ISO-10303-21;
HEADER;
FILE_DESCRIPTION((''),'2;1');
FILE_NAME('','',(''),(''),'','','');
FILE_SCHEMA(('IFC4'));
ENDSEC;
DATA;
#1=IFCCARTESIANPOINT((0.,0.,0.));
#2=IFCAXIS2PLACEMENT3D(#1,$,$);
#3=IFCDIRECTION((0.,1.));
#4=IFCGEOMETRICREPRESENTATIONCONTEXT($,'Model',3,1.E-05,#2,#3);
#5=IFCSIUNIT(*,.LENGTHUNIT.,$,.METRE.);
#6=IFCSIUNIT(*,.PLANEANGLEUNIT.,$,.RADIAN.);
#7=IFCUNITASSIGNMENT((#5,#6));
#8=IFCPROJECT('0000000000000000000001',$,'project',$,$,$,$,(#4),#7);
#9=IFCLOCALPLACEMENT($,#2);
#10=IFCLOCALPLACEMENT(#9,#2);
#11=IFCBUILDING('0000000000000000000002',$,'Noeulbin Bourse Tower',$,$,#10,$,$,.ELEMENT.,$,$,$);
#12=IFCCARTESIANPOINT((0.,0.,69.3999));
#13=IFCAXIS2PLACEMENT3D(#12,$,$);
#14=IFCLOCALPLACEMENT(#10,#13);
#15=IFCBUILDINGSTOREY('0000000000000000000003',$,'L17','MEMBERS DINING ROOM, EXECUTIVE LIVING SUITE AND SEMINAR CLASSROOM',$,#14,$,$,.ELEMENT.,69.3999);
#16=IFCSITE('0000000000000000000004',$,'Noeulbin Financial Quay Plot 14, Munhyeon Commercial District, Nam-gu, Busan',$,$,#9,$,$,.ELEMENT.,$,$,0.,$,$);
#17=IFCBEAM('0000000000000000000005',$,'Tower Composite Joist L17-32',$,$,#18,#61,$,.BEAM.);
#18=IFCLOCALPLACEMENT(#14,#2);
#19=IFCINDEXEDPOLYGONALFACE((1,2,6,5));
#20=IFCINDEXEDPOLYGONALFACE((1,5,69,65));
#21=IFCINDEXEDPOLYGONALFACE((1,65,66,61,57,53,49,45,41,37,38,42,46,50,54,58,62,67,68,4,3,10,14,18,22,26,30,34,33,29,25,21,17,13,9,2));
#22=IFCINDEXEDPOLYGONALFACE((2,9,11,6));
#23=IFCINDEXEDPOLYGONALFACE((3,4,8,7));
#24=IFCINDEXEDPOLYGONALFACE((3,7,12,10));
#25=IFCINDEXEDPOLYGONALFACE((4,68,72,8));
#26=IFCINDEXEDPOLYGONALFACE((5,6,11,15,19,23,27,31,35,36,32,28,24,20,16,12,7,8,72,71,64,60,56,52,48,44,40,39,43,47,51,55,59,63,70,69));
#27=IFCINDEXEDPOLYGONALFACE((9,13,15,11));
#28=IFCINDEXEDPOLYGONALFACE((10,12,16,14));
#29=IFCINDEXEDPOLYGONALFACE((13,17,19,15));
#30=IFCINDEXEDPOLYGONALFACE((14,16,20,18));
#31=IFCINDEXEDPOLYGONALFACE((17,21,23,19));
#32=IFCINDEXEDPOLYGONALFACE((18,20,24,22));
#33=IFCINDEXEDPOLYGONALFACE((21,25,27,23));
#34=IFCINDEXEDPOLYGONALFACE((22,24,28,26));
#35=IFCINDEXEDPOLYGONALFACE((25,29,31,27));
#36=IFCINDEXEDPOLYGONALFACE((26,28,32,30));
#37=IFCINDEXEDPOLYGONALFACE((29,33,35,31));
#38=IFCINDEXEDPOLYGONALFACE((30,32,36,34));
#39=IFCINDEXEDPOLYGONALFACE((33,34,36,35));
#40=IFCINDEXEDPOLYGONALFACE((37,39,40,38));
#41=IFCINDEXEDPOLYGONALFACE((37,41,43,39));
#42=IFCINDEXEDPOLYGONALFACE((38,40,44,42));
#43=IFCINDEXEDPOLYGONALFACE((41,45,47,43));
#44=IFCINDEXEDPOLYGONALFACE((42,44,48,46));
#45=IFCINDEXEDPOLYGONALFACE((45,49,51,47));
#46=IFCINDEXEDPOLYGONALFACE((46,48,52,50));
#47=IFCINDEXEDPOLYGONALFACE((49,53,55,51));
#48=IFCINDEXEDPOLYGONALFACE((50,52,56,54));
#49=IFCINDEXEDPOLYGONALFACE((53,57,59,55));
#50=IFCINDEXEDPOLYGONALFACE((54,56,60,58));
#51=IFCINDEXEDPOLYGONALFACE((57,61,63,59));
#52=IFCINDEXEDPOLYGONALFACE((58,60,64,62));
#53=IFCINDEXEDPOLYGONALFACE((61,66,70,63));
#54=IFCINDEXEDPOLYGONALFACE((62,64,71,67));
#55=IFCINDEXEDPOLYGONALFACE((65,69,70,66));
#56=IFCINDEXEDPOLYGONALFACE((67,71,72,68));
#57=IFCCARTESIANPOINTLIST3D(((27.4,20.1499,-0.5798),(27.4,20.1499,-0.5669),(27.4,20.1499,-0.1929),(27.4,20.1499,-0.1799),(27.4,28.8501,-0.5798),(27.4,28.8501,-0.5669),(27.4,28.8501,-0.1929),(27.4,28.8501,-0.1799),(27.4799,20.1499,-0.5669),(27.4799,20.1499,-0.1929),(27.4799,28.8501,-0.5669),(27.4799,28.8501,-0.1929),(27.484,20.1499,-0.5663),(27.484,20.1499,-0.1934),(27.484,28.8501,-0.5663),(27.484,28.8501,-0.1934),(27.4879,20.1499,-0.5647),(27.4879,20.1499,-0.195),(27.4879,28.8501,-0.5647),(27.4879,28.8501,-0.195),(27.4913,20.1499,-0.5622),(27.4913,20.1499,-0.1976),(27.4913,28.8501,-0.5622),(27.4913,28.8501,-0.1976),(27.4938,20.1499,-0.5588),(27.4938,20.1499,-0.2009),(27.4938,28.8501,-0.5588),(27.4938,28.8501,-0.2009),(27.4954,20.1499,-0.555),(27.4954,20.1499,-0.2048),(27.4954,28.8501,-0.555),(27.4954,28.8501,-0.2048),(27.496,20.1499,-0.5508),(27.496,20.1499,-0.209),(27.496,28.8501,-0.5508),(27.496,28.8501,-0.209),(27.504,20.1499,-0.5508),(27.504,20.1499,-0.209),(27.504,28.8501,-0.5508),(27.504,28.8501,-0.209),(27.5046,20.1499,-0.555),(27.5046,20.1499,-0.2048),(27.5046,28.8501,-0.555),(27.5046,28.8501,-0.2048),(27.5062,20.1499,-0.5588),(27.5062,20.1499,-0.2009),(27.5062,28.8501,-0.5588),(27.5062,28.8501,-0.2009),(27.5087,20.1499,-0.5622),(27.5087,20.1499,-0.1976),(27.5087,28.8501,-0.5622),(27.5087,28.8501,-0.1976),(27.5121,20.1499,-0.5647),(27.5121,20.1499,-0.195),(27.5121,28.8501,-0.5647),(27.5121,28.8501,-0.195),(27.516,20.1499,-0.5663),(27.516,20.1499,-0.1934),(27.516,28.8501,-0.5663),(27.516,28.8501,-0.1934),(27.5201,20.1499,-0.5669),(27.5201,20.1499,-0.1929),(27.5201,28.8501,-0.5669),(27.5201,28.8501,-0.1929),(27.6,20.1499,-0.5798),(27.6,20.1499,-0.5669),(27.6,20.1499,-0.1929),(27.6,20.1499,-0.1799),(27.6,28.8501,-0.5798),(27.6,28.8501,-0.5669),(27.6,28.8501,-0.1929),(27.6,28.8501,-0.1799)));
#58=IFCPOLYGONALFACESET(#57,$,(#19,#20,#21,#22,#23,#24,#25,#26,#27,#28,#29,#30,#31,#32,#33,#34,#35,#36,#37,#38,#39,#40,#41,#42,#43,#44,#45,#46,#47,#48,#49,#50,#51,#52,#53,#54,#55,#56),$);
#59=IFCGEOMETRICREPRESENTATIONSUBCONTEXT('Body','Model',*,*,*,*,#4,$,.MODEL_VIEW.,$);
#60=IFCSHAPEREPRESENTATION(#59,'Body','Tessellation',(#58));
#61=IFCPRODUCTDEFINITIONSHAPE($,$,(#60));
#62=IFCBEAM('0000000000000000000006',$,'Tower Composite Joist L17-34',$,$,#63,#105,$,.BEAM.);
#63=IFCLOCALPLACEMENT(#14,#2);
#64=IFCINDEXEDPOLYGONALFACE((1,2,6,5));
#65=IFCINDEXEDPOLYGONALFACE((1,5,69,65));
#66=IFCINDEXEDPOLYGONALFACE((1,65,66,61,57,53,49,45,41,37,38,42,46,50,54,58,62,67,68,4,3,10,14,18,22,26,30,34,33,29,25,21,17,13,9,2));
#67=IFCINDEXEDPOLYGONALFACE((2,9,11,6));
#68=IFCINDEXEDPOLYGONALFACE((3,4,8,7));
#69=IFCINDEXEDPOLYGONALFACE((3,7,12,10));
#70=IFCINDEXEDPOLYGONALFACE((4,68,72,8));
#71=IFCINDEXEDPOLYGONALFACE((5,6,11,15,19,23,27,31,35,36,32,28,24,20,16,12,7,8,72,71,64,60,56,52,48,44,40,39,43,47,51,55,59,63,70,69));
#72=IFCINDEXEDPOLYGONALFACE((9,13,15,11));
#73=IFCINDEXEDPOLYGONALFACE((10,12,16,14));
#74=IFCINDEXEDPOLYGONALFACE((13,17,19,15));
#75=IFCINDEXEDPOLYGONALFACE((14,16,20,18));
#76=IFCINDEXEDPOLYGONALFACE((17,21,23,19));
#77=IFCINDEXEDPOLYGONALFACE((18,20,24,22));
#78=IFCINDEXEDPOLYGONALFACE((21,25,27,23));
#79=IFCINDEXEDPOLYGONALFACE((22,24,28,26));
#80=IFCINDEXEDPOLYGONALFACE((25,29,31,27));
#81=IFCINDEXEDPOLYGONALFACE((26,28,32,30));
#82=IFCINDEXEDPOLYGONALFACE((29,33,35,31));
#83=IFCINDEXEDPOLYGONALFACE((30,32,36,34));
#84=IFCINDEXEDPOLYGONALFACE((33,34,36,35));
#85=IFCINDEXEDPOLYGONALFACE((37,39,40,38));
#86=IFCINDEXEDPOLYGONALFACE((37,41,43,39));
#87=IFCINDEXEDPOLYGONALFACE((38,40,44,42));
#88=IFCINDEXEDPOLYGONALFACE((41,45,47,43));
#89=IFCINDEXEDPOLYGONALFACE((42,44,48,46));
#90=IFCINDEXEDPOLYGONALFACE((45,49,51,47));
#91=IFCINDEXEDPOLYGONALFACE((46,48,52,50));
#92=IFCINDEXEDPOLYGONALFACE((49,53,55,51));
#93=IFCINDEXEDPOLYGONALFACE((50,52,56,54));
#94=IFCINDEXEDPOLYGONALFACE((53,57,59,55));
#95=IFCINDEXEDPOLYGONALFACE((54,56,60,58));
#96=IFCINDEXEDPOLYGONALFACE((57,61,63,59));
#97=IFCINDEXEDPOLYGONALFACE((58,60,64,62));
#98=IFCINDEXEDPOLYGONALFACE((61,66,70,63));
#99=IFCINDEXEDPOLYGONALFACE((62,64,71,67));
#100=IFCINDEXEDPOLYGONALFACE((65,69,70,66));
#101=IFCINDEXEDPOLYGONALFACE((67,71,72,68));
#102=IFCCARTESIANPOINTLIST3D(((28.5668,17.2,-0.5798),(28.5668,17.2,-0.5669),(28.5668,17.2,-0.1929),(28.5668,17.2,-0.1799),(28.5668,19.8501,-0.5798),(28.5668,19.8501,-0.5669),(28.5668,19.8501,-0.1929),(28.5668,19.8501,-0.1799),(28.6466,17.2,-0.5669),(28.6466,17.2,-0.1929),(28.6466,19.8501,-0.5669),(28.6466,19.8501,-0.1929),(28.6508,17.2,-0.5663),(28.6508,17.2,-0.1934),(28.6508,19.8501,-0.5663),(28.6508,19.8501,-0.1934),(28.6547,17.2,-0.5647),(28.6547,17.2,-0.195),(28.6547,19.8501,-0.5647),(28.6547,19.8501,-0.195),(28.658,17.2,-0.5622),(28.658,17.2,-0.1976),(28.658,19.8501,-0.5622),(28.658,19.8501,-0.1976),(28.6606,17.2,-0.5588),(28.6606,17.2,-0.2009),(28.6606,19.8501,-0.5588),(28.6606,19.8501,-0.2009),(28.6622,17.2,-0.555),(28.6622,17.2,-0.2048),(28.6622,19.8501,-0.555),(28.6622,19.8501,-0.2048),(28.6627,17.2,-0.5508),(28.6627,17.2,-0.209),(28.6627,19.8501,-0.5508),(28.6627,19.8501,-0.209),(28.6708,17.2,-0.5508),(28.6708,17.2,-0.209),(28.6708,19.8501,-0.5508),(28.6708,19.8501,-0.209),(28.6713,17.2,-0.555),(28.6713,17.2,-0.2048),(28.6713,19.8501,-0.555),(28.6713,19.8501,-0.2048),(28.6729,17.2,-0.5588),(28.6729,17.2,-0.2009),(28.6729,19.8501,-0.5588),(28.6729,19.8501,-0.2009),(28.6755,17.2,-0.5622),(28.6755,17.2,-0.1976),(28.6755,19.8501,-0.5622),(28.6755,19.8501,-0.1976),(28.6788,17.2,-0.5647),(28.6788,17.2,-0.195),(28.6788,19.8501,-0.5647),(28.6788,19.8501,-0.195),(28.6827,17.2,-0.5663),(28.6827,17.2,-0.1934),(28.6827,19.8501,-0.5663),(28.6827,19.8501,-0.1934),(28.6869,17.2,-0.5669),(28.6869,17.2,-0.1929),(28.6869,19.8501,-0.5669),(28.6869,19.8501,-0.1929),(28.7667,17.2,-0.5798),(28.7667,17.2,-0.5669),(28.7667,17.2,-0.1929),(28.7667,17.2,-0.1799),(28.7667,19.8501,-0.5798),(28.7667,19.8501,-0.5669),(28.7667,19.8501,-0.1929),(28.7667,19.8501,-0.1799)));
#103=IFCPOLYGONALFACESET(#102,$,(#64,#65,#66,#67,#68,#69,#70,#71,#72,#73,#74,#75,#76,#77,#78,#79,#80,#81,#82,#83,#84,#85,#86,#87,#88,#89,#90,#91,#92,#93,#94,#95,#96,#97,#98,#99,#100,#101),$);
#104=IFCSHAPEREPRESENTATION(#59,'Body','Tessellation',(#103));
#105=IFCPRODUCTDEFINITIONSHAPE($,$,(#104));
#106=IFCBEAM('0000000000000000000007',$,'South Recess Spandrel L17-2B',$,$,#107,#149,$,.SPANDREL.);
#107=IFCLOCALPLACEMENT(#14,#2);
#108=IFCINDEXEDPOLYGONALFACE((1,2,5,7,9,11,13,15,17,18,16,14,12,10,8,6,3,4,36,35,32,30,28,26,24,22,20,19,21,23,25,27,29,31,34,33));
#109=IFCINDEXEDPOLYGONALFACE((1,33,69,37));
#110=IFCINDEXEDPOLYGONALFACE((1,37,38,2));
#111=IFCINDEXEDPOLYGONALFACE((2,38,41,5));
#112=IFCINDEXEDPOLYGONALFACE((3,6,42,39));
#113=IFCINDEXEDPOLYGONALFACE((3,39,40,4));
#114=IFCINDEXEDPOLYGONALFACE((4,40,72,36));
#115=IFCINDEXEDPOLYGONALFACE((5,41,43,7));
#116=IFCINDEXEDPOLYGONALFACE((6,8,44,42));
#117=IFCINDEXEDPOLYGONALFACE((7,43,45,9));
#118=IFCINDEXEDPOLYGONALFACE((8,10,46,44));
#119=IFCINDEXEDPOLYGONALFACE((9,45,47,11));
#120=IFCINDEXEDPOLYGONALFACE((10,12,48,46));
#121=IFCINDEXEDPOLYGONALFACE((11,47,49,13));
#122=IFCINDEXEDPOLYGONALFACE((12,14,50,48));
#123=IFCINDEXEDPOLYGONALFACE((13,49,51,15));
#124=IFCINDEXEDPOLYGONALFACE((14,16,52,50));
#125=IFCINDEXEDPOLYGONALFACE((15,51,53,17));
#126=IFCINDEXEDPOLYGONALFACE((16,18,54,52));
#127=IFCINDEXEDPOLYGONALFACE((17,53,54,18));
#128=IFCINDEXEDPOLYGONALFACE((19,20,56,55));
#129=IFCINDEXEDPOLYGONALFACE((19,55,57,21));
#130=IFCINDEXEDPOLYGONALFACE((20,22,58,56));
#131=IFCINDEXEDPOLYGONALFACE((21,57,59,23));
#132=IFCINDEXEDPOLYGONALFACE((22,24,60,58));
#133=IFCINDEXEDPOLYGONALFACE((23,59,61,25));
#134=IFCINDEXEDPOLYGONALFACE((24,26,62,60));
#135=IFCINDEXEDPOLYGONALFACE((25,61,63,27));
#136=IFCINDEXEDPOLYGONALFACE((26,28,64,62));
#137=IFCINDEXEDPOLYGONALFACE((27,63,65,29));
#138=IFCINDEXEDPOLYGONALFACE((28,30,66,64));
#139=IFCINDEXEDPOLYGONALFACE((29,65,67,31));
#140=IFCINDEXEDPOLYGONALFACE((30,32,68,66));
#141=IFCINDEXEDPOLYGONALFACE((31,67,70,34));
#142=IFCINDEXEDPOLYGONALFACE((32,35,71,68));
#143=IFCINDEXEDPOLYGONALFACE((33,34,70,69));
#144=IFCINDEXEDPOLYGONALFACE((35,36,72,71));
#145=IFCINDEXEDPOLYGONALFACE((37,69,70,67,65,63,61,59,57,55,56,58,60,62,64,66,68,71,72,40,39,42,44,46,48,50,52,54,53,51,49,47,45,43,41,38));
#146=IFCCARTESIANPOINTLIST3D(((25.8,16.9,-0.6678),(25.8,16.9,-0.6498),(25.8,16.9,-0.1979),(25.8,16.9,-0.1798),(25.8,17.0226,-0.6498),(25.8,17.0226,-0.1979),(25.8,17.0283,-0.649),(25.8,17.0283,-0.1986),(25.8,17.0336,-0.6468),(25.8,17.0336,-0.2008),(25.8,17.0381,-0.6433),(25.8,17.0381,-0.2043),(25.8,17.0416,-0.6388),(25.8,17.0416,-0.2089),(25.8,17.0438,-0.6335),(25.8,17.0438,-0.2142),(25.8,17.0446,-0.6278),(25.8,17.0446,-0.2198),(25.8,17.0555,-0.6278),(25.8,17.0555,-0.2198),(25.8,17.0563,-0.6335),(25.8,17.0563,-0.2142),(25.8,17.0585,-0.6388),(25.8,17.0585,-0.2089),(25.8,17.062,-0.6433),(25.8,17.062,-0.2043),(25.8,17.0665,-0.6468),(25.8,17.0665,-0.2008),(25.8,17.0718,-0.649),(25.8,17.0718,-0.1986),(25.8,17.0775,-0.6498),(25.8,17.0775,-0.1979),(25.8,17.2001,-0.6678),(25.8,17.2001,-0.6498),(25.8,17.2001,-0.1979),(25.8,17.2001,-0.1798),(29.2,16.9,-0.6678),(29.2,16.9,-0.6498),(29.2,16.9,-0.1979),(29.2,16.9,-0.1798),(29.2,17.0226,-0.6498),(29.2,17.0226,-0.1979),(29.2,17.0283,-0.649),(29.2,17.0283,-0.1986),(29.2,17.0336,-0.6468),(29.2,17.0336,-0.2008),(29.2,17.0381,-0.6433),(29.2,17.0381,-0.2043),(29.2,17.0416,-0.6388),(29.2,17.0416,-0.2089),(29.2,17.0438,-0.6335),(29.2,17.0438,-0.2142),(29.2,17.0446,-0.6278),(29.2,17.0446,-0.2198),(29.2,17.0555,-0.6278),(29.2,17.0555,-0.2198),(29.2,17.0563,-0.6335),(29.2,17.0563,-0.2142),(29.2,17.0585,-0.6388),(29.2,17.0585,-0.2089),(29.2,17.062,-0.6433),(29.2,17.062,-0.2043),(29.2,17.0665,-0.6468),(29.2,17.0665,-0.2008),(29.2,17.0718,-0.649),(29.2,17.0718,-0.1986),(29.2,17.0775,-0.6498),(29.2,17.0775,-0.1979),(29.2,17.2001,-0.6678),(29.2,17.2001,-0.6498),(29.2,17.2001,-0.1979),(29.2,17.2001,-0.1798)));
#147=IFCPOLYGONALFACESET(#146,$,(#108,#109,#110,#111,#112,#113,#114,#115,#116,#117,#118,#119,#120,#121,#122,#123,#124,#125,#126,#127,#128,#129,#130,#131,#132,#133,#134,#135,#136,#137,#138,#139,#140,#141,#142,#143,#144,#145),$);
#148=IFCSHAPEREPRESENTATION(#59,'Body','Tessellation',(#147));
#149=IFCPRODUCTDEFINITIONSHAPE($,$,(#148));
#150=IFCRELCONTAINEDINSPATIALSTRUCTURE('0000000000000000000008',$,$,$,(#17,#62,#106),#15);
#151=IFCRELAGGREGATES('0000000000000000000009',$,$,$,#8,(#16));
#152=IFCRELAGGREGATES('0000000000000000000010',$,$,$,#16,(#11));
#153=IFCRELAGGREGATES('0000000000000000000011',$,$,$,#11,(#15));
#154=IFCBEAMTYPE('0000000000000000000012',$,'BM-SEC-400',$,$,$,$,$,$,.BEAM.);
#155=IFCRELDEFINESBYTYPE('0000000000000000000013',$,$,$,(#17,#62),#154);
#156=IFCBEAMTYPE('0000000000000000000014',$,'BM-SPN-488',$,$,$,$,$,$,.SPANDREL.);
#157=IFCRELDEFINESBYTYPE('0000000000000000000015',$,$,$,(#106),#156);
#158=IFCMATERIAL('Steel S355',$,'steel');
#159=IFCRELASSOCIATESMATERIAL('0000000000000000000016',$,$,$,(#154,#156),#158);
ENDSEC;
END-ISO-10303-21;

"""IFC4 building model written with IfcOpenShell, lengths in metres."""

from ifc_helpers import new_model, si_unit, direction, frame, origin, origin_2d, place, context, subcontext, project, spatial, i_section, extrude, material, material_profile, profile_set, type_object, element, save


model = new_model("IFC4")

# Units and contexts
model_context = context("Model", 3, precision=1e-05, world=origin(), true_north=direction((0.0, 1.0)))
body_context = subcontext(model_context, "Body", "Model", "MODEL_VIEW")
ifc_project = project(units=[si_unit("LENGTHUNIT", "METRE"), si_unit("PLANEANGLEUNIT", "RADIAN")], contexts=[model_context])

# Site, building, storey
site_placement = place(None, origin())
site = spatial("IfcSite", under=ifc_project, at=site_placement, Name="Noeulbin Financial Quay Plot 14, Munhyeon Commercial District, Nam-gu, Busan", CompositionType="ELEMENT", RefElevation=0.0)
building_placement = place(site_placement, origin())
building = spatial("IfcBuilding", under=site, at=building_placement, Name="Noeulbin Bourse Tower", CompositionType="ELEMENT")
storey_placement = place(building_placement, frame((0.0, 0.0, 69.3999)))
storey = spatial("IfcBuildingStorey", under=building, at=storey_placement, Name="L17", Description="MEMBERS DINING ROOM, EXECUTIVE LIVING SUITE AND SEMINAR CLASSROOM", CompositionType="ELEMENT", Elevation=69.3999)

# Beams
ifc_material_1 = material(Name="Steel S355", Category="steel")
ifc_material_profile_1 = material_profile(ifc_material_1, i_section(OverallWidth=0.2, OverallDepth=0.3999, WebThickness=0.0081, FlangeThickness=0.0129, FilletRadius=0.0161, at=origin_2d()), Name="H-400x200x8x13", Category="LoadBearing")
ifc_profile_set_1 = profile_set([ifc_material_profile_1], Name="Steel S355")
beam_type_1 = type_object("IfcBeamType", Name="BM-SEC-400", PredefinedType="BEAM", material=ifc_profile_set_1)
beam_1_placement = place(storey_placement, frame((27.5, 20.1499, -0.3799), z_axis=(0.0, 1.0, 0.0), x_axis=(-1.0, 0.0, 0.0)))
element("IfcBeam", 1, at=beam_1_placement, inside=storey, type_object=beam_type_1, Name="Tower Composite Joist L17-32", PredefinedType="BEAM", context=body_context, shape_type="SweptSolid", body=[
    extrude(i_section(OverallWidth=0.2, OverallDepth=0.3999, WebThickness=0.0081, FlangeThickness=0.0129, FilletRadius=0.0161, at=origin_2d()), origin(), (0.0, 0.0, 1.0), 8.7002),
])
beam_2_placement = place(storey_placement, frame((28.6667, 17.2, -0.3799), z_axis=(0.0, 1.0, 0.0), x_axis=(-1.0, 0.0, 0.0)))
element("IfcBeam", 2, at=beam_2_placement, inside=storey, type_object=beam_type_1, Name="Tower Composite Joist L17-34", PredefinedType="BEAM", context=body_context, shape_type="SweptSolid", body=[
    extrude(i_section(OverallWidth=0.2, OverallDepth=0.3999, WebThickness=0.0081, FlangeThickness=0.0129, FilletRadius=0.0161, at=origin_2d()), origin(), (0.0, 0.0, 1.0), 2.6501),
])
ifc_material_profile_2 = material_profile(ifc_material_1, i_section(OverallWidth=0.3, OverallDepth=0.488, WebThickness=0.011, FlangeThickness=0.0181, FilletRadius=0.022, at=origin_2d()), Name="H-488x300x11x18", Category="LoadBearing")
ifc_profile_set_2 = profile_set([ifc_material_profile_2], Name="Steel S355")
beam_type_2 = type_object("IfcBeamType", Name="BM-SPN-488", PredefinedType="SPANDREL", material=ifc_profile_set_2)
beam_3_placement = place(storey_placement, frame((25.8, 17.05, -0.4238), z_axis=(1.0, 0.0, 0.0), x_axis=(0.0, 1.0, 0.0)))
element("IfcBeam", 3, at=beam_3_placement, inside=storey, type_object=beam_type_2, Name="South Recess Spandrel L17-2B", PredefinedType="SPANDREL", context=body_context, shape_type="SweptSolid", body=[
    extrude(i_section(OverallWidth=0.3, OverallDepth=0.488, WebThickness=0.011, FlangeThickness=0.0181, FilletRadius=0.022, at=origin_2d()), origin(), (0.0, 0.0, 1.0), 3.3999),
])

save(model, "model.ifc")
